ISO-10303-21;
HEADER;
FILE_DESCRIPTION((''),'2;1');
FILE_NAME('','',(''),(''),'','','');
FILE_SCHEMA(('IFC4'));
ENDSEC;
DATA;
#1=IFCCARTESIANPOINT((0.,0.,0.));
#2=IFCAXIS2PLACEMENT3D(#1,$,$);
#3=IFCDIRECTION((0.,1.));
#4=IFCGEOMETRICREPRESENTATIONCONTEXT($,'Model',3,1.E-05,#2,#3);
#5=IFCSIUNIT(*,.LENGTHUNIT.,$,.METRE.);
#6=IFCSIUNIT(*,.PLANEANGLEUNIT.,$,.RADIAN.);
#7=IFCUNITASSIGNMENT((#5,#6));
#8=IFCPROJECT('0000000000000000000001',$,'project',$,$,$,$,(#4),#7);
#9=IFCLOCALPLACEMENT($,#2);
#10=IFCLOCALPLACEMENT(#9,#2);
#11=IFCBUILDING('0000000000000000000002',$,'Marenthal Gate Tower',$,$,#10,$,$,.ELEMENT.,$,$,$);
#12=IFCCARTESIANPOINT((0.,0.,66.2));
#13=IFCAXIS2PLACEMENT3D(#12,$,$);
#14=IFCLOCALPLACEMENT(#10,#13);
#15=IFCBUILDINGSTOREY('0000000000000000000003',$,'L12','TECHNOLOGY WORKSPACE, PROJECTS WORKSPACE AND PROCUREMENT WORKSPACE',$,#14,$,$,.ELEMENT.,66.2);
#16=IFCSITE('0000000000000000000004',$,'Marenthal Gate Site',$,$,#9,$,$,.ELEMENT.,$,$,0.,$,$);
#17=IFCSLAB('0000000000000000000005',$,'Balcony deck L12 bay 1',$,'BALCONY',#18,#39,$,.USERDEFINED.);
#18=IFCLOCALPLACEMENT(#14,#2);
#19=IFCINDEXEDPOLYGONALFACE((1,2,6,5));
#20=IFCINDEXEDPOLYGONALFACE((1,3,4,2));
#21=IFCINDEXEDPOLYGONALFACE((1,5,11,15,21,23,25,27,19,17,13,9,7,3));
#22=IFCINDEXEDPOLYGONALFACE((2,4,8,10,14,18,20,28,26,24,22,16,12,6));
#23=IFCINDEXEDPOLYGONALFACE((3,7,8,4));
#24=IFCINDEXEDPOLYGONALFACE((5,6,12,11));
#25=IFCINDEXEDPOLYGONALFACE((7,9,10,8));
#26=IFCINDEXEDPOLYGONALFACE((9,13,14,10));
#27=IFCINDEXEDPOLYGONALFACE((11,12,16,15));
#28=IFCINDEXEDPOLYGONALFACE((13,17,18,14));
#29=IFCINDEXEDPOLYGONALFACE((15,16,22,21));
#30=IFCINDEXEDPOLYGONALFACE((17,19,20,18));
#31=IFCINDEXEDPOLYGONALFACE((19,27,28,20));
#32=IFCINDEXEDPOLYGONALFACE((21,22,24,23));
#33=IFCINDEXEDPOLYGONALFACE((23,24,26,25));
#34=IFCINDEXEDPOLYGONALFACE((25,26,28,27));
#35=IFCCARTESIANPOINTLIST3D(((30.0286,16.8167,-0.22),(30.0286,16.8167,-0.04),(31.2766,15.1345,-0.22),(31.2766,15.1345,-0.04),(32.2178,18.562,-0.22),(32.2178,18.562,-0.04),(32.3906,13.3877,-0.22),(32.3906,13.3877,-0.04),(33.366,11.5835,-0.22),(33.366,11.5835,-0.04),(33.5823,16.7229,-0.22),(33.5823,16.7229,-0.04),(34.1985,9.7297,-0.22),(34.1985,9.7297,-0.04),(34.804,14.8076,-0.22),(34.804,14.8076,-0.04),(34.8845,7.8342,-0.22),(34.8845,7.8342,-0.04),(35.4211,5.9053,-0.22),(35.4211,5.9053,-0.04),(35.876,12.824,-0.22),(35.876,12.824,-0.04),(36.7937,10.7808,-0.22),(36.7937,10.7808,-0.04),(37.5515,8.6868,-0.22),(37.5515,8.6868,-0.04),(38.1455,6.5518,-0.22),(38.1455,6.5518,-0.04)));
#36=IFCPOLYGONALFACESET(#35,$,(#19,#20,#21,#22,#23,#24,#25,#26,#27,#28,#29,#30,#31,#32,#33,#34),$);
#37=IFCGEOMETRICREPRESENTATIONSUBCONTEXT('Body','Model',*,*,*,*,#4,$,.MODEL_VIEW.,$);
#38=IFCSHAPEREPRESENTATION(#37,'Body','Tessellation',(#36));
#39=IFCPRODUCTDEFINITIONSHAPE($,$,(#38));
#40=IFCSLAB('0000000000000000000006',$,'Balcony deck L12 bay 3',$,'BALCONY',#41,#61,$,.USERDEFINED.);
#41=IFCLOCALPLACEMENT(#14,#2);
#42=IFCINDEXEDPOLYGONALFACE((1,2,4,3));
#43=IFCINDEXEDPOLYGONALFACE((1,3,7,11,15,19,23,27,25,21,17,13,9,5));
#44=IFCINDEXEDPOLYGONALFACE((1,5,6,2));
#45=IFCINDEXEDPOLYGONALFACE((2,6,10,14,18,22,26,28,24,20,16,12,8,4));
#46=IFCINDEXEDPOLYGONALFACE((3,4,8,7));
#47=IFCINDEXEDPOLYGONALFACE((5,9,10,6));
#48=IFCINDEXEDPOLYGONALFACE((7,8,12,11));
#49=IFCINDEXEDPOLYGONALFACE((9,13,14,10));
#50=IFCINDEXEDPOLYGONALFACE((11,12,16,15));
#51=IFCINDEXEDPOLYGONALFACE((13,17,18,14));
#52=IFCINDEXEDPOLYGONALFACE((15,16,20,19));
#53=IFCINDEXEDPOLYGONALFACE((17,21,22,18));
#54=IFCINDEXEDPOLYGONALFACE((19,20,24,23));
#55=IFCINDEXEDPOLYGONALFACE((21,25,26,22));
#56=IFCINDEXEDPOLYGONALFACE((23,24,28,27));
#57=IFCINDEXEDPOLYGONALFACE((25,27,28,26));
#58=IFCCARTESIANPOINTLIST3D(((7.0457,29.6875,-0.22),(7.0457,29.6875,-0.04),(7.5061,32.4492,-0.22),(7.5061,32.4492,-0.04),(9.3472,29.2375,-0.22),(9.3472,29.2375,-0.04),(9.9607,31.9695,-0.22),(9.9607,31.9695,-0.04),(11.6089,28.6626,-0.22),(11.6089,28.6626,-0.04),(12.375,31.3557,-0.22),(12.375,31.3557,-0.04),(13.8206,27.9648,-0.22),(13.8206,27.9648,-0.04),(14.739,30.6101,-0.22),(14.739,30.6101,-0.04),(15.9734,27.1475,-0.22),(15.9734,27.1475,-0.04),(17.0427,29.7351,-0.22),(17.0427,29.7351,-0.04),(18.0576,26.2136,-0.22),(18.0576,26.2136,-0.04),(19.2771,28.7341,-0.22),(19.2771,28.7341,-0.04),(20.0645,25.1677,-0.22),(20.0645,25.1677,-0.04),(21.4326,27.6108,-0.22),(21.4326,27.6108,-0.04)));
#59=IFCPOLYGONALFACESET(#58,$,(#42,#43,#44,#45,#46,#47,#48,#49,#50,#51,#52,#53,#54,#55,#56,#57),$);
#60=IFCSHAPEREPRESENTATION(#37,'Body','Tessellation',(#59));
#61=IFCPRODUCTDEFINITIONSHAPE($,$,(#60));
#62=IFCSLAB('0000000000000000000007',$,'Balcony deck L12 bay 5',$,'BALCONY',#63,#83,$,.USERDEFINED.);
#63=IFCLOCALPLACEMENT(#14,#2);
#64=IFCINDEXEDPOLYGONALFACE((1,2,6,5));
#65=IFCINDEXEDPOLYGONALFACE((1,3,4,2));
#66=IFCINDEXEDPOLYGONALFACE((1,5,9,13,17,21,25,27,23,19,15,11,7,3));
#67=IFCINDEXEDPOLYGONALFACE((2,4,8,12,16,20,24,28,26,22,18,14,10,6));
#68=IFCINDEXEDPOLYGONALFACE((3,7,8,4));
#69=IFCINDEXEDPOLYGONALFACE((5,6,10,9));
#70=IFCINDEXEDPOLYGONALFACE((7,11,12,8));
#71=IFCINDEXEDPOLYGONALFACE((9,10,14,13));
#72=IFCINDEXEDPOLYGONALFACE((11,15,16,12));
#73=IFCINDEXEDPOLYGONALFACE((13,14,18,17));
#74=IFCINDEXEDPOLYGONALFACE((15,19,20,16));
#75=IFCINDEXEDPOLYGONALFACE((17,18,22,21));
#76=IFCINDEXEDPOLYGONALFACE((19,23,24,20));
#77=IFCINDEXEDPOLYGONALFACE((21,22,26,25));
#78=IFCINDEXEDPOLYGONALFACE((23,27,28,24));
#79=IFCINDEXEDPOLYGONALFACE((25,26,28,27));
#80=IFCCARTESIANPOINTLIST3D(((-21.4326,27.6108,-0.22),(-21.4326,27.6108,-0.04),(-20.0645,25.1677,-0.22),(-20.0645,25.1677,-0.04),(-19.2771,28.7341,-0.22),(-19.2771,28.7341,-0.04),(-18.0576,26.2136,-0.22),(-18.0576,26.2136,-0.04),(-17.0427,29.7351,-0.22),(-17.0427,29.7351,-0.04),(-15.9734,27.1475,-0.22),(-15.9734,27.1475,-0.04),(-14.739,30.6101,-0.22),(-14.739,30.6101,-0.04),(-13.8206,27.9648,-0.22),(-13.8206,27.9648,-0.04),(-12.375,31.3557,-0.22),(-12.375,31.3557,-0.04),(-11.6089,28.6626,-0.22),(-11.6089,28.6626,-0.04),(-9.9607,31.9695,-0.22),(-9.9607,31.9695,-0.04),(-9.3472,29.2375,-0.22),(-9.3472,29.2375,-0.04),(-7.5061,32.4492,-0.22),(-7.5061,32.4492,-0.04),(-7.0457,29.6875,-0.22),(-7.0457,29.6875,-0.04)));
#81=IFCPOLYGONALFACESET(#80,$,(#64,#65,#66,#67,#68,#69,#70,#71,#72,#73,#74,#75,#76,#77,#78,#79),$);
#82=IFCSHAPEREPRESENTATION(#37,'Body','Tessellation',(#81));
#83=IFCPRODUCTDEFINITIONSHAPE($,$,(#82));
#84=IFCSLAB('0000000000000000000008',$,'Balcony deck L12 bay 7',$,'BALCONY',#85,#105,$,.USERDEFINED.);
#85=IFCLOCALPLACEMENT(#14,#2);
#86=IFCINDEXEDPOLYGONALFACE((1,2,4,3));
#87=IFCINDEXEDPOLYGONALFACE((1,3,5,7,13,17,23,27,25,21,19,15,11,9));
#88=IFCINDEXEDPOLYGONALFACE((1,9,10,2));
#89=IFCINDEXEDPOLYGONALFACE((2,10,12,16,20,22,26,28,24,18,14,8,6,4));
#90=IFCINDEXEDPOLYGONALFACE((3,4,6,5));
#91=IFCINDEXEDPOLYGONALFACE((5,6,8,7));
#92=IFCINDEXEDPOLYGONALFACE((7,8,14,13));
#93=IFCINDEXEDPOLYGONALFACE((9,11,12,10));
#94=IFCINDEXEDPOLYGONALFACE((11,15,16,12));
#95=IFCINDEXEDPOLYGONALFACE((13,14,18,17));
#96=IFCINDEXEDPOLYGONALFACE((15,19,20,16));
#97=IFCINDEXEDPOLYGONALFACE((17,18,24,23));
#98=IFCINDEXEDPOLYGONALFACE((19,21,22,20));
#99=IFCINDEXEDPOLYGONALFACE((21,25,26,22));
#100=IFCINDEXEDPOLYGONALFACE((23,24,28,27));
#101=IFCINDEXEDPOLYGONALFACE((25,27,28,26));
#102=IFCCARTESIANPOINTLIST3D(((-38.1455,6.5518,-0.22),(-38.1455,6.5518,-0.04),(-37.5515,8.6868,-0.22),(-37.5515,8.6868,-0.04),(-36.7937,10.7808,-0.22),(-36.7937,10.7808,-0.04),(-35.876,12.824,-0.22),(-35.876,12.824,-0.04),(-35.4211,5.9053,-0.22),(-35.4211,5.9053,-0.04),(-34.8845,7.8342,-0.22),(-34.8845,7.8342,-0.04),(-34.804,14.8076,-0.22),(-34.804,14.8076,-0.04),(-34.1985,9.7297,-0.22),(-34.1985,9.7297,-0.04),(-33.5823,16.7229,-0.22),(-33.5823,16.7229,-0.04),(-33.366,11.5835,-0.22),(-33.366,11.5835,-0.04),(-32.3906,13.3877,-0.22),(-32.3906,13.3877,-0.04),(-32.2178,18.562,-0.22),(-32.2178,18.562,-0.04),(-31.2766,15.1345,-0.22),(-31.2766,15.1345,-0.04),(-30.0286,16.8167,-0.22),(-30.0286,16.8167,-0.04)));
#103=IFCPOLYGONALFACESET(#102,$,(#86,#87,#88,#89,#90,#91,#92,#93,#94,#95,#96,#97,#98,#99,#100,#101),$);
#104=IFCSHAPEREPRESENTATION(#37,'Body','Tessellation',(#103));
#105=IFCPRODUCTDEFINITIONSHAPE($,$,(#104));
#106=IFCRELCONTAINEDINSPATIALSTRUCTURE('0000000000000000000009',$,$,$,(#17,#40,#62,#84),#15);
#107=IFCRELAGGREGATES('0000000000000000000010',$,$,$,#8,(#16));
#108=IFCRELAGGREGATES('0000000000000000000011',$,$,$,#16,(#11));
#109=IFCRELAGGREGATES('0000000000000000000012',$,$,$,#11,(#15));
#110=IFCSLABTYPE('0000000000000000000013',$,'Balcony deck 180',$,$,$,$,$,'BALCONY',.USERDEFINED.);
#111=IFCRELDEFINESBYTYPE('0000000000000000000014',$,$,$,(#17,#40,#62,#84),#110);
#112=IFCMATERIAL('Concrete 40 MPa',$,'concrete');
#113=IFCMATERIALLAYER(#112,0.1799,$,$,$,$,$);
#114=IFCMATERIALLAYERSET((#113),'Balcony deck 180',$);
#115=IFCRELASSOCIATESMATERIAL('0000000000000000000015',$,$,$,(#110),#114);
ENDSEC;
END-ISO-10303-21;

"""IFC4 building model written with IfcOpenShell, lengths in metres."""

from ifc_helpers import new_model, si_unit, direction, frame, origin, place, context, subcontext, project, spatial, polyline, outline, extrude, material, layer, layer_set, type_object, element, save


model = new_model("IFC4")

# Units and contexts
model_context = context("Model", 3, precision=1e-05, world=origin(), true_north=direction((0.0, 1.0)))
body_context = subcontext(model_context, "Body", "Model", "MODEL_VIEW")
ifc_project = project(units=[si_unit("LENGTHUNIT", "METRE"), si_unit("PLANEANGLEUNIT", "RADIAN")], contexts=[model_context])

# Site, building, storey
site_placement = place(None, origin())
site = spatial("IfcSite", under=ifc_project, at=site_placement, Name="Marenthal Gate Site", CompositionType="ELEMENT", RefElevation=0.0)
building_placement = place(site_placement, origin())
building = spatial("IfcBuilding", under=site, at=building_placement, Name="Marenthal Gate Tower", CompositionType="ELEMENT")
storey_placement = place(building_placement, frame((0.0, 0.0, 66.2)))
storey = spatial("IfcBuildingStorey", under=building, at=storey_placement, Name="L12", Description="TECHNOLOGY WORKSPACE, PROJECTS WORKSPACE AND PROCUREMENT WORKSPACE", CompositionType="ELEMENT", Elevation=66.2)

# Slabs
ifc_material_1 = material(Name="Concrete 40 MPa", Category="concrete")
ifc_layer_1 = layer(ifc_material_1, 0.1799)
ifc_layer_set_1 = layer_set([ifc_layer_1], Name="Balcony deck 180")
slab_type_1 = type_object("IfcSlabType", Name="Balcony deck 180", ElementType="BALCONY", PredefinedType="USERDEFINED", material=ifc_layer_set_1)
slab_1_placement = place(storey_placement, frame((0.0, 0.0, -0.22)))
element("IfcSlab", 1, at=slab_1_placement, inside=storey, type_object=slab_type_1, Name="Balcony deck L12 bay 1", ObjectType="BALCONY", PredefinedType="USERDEFINED", context=body_context, shape_type="SweptSolid", body=[
    extrude(outline(polyline([(35.4211, 5.9053), (34.8845, 7.8342), (34.1985, 9.7297), (33.366, 11.5835), (32.3906, 13.3877), (31.2766, 15.1345), (30.0286, 16.8167), (32.2178, 18.562), (33.5823, 16.7229), (34.804, 14.8076), (35.876, 12.824), (36.7937, 10.7808), (37.5515, 8.6868), (38.1455, 6.5518), (35.4211, 5.9053)])), origin(), (0.0, 0.0, 1.0), 0.1799),
])
slab_2_placement = place(storey_placement, frame((0.0, 0.0, -0.22)))
element("IfcSlab", 2, at=slab_2_placement, inside=storey, type_object=slab_type_1, Name="Balcony deck L12 bay 3", ObjectType="BALCONY", PredefinedType="USERDEFINED", context=body_context, shape_type="SweptSolid", body=[
    extrude(outline(polyline([(20.0645, 25.1677), (18.0576, 26.2136), (15.9734, 27.1475), (13.8206, 27.9648), (11.6089, 28.6626), (9.3472, 29.2375), (7.0457, 29.6875), (7.5061, 32.4492), (9.9607, 31.9695), (12.375, 31.3557), (14.739, 30.6101), (17.0427, 29.7351), (19.2771, 28.7341), (21.4326, 27.6108), (20.0645, 25.1677)])), origin(), (0.0, 0.0, 1.0), 0.1799),
])
slab_3_placement = place(storey_placement, frame((0.0, 0.0, -0.22)))
element("IfcSlab", 3, at=slab_3_placement, inside=storey, type_object=slab_type_1, Name="Balcony deck L12 bay 5", ObjectType="BALCONY", PredefinedType="USERDEFINED", context=body_context, shape_type="SweptSolid", body=[
    extrude(outline(polyline([(-7.0457, 29.6875), (-9.3472, 29.2375), (-11.6089, 28.6626), (-13.8206, 27.9648), (-15.9734, 27.1475), (-18.0576, 26.2136), (-20.0645, 25.1677), (-21.4326, 27.6108), (-19.2771, 28.7341), (-17.0427, 29.7351), (-14.739, 30.6101), (-12.375, 31.3557), (-9.9607, 31.9695), (-7.5061, 32.4492), (-7.0457, 29.6875)])), origin(), (0.0, 0.0, 1.0), 0.1799),
])
slab_4_placement = place(storey_placement, frame((0.0, 0.0, -0.22)))
element("IfcSlab", 4, at=slab_4_placement, inside=storey, type_object=slab_type_1, Name="Balcony deck L12 bay 7", ObjectType="BALCONY", PredefinedType="USERDEFINED", context=body_context, shape_type="SweptSolid", body=[
    extrude(outline(polyline([(-30.0286, 16.8167), (-31.2766, 15.1345), (-32.3906, 13.3877), (-33.366, 11.5835), (-34.1985, 9.7297), (-34.8845, 7.8342), (-35.4211, 5.9053), (-38.1455, 6.5518), (-37.5515, 8.6868), (-36.7937, 10.7808), (-35.876, 12.824), (-34.804, 14.8076), (-33.5823, 16.7229), (-32.2178, 18.562), (-30.0286, 16.8167)])), origin(), (0.0, 0.0, 1.0), 0.1799),
])

save(model, "model.ifc")
